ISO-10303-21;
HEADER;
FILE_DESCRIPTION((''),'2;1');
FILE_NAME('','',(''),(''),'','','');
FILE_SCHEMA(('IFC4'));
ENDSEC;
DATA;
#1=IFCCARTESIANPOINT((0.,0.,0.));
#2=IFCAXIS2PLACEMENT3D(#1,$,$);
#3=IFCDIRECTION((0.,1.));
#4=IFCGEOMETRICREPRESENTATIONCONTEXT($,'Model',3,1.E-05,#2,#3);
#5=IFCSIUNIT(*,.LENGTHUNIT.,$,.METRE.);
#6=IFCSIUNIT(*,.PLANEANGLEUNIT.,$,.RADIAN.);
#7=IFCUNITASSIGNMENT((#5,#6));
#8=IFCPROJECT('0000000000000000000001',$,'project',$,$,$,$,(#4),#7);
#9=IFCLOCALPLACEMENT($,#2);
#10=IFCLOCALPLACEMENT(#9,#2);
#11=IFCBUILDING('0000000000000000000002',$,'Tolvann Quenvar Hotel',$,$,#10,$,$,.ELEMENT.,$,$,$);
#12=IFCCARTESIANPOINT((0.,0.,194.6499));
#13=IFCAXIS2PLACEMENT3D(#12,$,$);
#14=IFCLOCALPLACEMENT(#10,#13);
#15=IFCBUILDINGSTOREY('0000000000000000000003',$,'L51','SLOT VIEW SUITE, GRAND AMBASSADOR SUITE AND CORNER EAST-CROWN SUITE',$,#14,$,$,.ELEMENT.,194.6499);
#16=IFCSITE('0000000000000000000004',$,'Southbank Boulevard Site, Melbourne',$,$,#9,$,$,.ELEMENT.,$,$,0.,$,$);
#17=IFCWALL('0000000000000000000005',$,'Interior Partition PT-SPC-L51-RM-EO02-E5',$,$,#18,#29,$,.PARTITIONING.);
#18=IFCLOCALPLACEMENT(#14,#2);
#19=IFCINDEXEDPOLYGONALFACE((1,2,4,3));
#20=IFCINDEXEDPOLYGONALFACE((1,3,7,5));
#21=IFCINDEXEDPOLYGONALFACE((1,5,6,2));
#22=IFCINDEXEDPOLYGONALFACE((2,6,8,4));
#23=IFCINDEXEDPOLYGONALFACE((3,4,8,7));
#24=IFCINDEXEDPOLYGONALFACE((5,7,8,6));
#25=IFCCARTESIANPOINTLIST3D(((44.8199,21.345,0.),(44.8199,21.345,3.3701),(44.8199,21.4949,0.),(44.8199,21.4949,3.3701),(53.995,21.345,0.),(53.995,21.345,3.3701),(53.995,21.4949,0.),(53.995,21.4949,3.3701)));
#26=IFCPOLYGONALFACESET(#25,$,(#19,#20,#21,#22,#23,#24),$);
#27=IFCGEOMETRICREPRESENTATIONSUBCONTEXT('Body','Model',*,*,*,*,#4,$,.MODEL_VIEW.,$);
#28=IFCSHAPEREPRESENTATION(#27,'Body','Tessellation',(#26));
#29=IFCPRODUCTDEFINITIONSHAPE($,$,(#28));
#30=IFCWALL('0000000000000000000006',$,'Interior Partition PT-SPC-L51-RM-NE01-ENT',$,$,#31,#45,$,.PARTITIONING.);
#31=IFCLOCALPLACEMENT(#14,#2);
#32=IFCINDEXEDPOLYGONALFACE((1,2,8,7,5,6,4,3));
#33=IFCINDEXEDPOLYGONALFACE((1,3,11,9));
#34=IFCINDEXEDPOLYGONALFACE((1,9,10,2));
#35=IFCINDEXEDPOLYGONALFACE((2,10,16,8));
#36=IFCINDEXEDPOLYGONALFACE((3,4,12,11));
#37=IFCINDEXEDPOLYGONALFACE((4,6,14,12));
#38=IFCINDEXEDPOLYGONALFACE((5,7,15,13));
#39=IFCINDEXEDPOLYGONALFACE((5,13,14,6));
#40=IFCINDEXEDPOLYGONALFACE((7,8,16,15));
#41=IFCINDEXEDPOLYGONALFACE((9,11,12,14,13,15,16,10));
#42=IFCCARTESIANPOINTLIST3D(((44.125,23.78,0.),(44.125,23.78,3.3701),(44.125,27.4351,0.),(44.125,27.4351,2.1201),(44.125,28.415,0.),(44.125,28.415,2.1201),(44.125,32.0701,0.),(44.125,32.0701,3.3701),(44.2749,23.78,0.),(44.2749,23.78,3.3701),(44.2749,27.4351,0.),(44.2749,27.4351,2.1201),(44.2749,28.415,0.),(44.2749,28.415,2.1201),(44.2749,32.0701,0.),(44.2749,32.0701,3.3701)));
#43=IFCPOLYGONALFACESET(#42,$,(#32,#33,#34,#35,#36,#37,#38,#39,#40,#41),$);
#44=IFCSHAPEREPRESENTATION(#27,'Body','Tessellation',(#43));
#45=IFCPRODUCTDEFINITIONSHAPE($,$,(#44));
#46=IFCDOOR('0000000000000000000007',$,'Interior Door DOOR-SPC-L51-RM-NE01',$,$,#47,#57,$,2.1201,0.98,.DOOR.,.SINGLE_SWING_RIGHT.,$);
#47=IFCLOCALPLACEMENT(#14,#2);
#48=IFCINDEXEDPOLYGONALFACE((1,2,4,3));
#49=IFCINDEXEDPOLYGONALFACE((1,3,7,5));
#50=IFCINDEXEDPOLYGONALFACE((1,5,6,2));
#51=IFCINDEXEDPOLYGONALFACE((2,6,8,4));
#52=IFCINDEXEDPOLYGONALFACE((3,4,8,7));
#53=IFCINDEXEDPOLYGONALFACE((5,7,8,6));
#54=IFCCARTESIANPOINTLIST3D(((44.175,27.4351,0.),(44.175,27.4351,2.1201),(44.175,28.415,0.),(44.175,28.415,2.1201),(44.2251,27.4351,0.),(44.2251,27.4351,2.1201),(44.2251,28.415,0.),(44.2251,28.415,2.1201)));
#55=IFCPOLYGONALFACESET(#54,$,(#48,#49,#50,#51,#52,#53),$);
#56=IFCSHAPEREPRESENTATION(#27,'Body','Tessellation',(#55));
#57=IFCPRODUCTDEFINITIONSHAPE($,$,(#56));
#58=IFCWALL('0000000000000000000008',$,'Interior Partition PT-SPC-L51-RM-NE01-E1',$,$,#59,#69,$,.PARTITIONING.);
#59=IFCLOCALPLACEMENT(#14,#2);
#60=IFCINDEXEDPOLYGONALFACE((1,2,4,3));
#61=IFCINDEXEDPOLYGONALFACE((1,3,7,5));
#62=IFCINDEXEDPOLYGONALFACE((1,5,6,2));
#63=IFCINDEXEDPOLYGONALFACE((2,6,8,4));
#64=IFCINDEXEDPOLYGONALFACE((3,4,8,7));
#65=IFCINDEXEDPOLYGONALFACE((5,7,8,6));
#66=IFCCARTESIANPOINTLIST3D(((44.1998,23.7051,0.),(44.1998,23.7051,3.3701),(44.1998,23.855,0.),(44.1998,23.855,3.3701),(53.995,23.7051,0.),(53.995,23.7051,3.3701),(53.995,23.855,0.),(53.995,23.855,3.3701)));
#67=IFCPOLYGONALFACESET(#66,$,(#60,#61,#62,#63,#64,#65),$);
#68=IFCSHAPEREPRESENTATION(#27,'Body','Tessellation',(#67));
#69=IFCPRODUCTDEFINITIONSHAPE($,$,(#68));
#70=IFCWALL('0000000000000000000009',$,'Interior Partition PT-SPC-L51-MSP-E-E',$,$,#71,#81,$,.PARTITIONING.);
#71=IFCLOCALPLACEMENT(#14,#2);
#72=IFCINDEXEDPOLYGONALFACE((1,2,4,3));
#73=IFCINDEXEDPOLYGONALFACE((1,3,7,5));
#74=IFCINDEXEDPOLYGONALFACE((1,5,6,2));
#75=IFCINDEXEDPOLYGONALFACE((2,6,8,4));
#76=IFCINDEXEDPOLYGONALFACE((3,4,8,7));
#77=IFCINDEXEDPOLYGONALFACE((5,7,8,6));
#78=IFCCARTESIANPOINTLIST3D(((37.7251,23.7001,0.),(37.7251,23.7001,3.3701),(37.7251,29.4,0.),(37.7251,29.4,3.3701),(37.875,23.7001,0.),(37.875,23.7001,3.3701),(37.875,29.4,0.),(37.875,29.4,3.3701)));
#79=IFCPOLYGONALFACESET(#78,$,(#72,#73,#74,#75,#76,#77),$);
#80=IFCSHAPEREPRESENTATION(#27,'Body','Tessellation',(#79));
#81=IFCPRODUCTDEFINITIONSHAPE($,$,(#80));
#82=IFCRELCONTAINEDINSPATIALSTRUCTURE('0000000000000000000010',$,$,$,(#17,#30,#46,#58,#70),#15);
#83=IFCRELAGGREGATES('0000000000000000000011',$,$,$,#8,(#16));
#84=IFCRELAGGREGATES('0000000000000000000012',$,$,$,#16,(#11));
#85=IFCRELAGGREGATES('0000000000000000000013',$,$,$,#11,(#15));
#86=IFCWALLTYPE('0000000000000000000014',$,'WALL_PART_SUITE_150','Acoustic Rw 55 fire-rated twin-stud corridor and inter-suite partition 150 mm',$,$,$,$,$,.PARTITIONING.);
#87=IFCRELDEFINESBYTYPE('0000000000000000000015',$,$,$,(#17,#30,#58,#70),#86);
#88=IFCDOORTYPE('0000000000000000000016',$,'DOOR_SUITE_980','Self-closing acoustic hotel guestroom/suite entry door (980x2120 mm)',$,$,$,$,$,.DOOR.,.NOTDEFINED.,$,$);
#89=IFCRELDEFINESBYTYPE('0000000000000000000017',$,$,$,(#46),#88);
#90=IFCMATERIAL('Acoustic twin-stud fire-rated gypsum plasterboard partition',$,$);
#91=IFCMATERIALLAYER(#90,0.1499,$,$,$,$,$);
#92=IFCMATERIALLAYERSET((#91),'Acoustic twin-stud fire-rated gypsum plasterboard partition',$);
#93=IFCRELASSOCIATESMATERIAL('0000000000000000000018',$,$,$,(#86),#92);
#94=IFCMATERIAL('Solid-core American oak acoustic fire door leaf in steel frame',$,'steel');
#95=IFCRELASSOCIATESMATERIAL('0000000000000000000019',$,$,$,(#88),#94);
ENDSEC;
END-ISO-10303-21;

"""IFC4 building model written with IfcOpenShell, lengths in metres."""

from ifc_helpers import new_model, si_unit, direction, frame, frame_2d, origin, place, context, subcontext, project, spatial, rectangle, extrude, source, transform, mapped, material, layer, layer_set, type_object, type_shapes, element, fill, save


model = new_model("IFC4")

# Units and contexts
model_context = context("Model", 3, precision=1e-05, world=origin(), true_north=direction((0.0, 1.0)))
body_context = subcontext(model_context, "Body", "Model", "MODEL_VIEW")
ifc_project = project(units=[si_unit("LENGTHUNIT", "METRE"), si_unit("PLANEANGLEUNIT", "RADIAN")], contexts=[model_context])

# Site, building, storey
site_placement = place(None, origin())
site = spatial("IfcSite", under=ifc_project, at=site_placement, Name="Southbank Boulevard Site, Melbourne", CompositionType="ELEMENT", RefElevation=0.0)
building_placement = place(site_placement, origin())
building = spatial("IfcBuilding", under=site, at=building_placement, Name="Tolvann Quenvar Hotel", CompositionType="ELEMENT")
storey_placement = place(building_placement, frame((0.0, 0.0, 194.6499)))
storey = spatial("IfcBuildingStorey", under=building, at=storey_placement, Name="L51", Description="SLOT VIEW SUITE, GRAND AMBASSADOR SUITE AND CORNER EAST-CROWN SUITE", CompositionType="ELEMENT", Elevation=194.6499)

# Shared definitions
ifc_material_1 = material(Name="Acoustic twin-stud fire-rated gypsum plasterboard partition")
ifc_layer_1 = layer(ifc_material_1, 0.1499)
ifc_layer_set_1 = layer_set([ifc_layer_1], Name="Acoustic twin-stud fire-rated gypsum plasterboard partition")
wall_type_1 = type_object("IfcWallType", Name="WALL_PART_SUITE_150", Description="Acoustic Rw 55 fire-rated twin-stud corridor and inter-suite partition 150 mm", PredefinedType="PARTITIONING", material=ifc_layer_set_1)
ifc_material_2 = material(Name="Solid-core American oak acoustic fire door leaf in steel frame", Category="steel")

# Shared definitions
door_type_1 = type_object("IfcDoorType", Name="DOOR_SUITE_980", Description="Self-closing acoustic hotel guestroom/suite entry door (980x2120 mm)", OperationType="NOTDEFINED", PredefinedType="DOOR", material=ifc_material_2)
shared_shape_1 = source(origin(), body_context, "Body", "SweptSolid", [
    extrude(rectangle(XDim=0.98, YDim=2.1201, at=frame_2d((0.49, 1.0601))), frame((0.0, 0.0249, 0.0), z_axis=(0.0, -1.0, 0.0), x_axis=(1.0, 0.0, 0.0)), (0.0, 0.0, 1.0), 0.05),
])
type_shapes(door_type_1, [shared_shape_1])

# Wall
wall_1_placement = place(storey_placement, frame((44.8201, 21.4199, 0.0), z_axis=(0.0, 0.0, 1.0), x_axis=(1.0, 0.0, 0.0)))
element("IfcWall", 1, at=wall_1_placement, inside=storey, type_object=wall_type_1, Name="Interior Partition PT-SPC-L51-RM-EO02-E5", PredefinedType="PARTITIONING", context=body_context, shape_type="SweptSolid", body=[
    extrude(rectangle(XDim=9.175, YDim=0.1499, at=frame_2d((4.5874, 0.0))), origin(), (0.0, 0.0, 1.0), 3.3701),
])

# Wall, opening, door
wall_2_placement = place(storey_placement, frame((44.2, 23.78, 0.0), z_axis=(0.0, 0.0, 1.0), x_axis=(0.0, 1.0, 0.0)))
wall_2 = element("IfcWall", 2, at=wall_2_placement, inside=storey, type_object=wall_type_1, Name="Interior Partition PT-SPC-L51-RM-NE01-ENT", PredefinedType="PARTITIONING", context=body_context, shape_type="SweptSolid", body=[
    extrude(rectangle(XDim=8.29, YDim=0.1499, at=frame_2d((4.145, 0.0))), origin(), (0.0, 0.0, 1.0), 3.3701),
])
opening_1_placement = place(wall_2_placement, frame((3.655, 0.0, 0.0)))
opening_1 = element("IfcOpeningElement", 3, at=opening_1_placement, cuts=wall_2, PredefinedType="OPENING", context=body_context, shape_type="SweptSolid", body=[
    extrude(rectangle(XDim=0.98, YDim=2.1201, at=frame_2d((0.49, 1.0601))), frame((0.0, 0.085, 0.0), z_axis=(0.0, -1.0, 0.0), x_axis=(1.0, 0.0, 0.0)), (0.0, 0.0, 1.0), 0.1699),
])
door_1_placement = place(opening_1_placement, origin())
door_1 = element("IfcDoor", 4, at=door_1_placement, inside=storey, type_object=door_type_1, Name="Interior Door DOOR-SPC-L51-RM-NE01", OperationType="SINGLE_SWING_RIGHT", OverallHeight=2.1201, OverallWidth=0.98, PredefinedType="DOOR", context=body_context, shape_type="MappedRepresentation", body=[
    mapped(shared_shape_1, transform((0.0, 0.0, 0.0), x_axis=(1.0, 0.0, 0.0), y_axis=(0.0, 1.0, 0.0), z_axis=(0.0, 0.0, 1.0), scale=1.0)),
])
fill(opening_1, door_1)

# Walls
wall_3_placement = place(storey_placement, frame((44.2, 23.78, 0.0), z_axis=(0.0, 0.0, 1.0), x_axis=(1.0, 0.0, 0.0)))
element("IfcWall", 5, at=wall_3_placement, inside=storey, type_object=wall_type_1, Name="Interior Partition PT-SPC-L51-RM-NE01-E1", PredefinedType="PARTITIONING", context=body_context, shape_type="SweptSolid", body=[
    extrude(rectangle(XDim=9.7952, YDim=0.1499, at=frame_2d((4.8975, 0.0))), origin(), (0.0, 0.0, 1.0), 3.3701),
])
wall_4_placement = place(storey_placement, frame((37.8, 23.7, 0.0), z_axis=(0.0, 0.0, 1.0), x_axis=(0.0, 1.0, 0.0)))
element("IfcWall", 6, at=wall_4_placement, inside=storey, type_object=wall_type_1, Name="Interior Partition PT-SPC-L51-MSP-E-E", PredefinedType="PARTITIONING", context=body_context, shape_type="SweptSolid", body=[
    extrude(rectangle(XDim=5.7, YDim=0.1499, at=frame_2d((2.8501, 0.0))), origin(), (0.0, 0.0, 1.0), 3.3701),
])

save(model, "model.ifc")
